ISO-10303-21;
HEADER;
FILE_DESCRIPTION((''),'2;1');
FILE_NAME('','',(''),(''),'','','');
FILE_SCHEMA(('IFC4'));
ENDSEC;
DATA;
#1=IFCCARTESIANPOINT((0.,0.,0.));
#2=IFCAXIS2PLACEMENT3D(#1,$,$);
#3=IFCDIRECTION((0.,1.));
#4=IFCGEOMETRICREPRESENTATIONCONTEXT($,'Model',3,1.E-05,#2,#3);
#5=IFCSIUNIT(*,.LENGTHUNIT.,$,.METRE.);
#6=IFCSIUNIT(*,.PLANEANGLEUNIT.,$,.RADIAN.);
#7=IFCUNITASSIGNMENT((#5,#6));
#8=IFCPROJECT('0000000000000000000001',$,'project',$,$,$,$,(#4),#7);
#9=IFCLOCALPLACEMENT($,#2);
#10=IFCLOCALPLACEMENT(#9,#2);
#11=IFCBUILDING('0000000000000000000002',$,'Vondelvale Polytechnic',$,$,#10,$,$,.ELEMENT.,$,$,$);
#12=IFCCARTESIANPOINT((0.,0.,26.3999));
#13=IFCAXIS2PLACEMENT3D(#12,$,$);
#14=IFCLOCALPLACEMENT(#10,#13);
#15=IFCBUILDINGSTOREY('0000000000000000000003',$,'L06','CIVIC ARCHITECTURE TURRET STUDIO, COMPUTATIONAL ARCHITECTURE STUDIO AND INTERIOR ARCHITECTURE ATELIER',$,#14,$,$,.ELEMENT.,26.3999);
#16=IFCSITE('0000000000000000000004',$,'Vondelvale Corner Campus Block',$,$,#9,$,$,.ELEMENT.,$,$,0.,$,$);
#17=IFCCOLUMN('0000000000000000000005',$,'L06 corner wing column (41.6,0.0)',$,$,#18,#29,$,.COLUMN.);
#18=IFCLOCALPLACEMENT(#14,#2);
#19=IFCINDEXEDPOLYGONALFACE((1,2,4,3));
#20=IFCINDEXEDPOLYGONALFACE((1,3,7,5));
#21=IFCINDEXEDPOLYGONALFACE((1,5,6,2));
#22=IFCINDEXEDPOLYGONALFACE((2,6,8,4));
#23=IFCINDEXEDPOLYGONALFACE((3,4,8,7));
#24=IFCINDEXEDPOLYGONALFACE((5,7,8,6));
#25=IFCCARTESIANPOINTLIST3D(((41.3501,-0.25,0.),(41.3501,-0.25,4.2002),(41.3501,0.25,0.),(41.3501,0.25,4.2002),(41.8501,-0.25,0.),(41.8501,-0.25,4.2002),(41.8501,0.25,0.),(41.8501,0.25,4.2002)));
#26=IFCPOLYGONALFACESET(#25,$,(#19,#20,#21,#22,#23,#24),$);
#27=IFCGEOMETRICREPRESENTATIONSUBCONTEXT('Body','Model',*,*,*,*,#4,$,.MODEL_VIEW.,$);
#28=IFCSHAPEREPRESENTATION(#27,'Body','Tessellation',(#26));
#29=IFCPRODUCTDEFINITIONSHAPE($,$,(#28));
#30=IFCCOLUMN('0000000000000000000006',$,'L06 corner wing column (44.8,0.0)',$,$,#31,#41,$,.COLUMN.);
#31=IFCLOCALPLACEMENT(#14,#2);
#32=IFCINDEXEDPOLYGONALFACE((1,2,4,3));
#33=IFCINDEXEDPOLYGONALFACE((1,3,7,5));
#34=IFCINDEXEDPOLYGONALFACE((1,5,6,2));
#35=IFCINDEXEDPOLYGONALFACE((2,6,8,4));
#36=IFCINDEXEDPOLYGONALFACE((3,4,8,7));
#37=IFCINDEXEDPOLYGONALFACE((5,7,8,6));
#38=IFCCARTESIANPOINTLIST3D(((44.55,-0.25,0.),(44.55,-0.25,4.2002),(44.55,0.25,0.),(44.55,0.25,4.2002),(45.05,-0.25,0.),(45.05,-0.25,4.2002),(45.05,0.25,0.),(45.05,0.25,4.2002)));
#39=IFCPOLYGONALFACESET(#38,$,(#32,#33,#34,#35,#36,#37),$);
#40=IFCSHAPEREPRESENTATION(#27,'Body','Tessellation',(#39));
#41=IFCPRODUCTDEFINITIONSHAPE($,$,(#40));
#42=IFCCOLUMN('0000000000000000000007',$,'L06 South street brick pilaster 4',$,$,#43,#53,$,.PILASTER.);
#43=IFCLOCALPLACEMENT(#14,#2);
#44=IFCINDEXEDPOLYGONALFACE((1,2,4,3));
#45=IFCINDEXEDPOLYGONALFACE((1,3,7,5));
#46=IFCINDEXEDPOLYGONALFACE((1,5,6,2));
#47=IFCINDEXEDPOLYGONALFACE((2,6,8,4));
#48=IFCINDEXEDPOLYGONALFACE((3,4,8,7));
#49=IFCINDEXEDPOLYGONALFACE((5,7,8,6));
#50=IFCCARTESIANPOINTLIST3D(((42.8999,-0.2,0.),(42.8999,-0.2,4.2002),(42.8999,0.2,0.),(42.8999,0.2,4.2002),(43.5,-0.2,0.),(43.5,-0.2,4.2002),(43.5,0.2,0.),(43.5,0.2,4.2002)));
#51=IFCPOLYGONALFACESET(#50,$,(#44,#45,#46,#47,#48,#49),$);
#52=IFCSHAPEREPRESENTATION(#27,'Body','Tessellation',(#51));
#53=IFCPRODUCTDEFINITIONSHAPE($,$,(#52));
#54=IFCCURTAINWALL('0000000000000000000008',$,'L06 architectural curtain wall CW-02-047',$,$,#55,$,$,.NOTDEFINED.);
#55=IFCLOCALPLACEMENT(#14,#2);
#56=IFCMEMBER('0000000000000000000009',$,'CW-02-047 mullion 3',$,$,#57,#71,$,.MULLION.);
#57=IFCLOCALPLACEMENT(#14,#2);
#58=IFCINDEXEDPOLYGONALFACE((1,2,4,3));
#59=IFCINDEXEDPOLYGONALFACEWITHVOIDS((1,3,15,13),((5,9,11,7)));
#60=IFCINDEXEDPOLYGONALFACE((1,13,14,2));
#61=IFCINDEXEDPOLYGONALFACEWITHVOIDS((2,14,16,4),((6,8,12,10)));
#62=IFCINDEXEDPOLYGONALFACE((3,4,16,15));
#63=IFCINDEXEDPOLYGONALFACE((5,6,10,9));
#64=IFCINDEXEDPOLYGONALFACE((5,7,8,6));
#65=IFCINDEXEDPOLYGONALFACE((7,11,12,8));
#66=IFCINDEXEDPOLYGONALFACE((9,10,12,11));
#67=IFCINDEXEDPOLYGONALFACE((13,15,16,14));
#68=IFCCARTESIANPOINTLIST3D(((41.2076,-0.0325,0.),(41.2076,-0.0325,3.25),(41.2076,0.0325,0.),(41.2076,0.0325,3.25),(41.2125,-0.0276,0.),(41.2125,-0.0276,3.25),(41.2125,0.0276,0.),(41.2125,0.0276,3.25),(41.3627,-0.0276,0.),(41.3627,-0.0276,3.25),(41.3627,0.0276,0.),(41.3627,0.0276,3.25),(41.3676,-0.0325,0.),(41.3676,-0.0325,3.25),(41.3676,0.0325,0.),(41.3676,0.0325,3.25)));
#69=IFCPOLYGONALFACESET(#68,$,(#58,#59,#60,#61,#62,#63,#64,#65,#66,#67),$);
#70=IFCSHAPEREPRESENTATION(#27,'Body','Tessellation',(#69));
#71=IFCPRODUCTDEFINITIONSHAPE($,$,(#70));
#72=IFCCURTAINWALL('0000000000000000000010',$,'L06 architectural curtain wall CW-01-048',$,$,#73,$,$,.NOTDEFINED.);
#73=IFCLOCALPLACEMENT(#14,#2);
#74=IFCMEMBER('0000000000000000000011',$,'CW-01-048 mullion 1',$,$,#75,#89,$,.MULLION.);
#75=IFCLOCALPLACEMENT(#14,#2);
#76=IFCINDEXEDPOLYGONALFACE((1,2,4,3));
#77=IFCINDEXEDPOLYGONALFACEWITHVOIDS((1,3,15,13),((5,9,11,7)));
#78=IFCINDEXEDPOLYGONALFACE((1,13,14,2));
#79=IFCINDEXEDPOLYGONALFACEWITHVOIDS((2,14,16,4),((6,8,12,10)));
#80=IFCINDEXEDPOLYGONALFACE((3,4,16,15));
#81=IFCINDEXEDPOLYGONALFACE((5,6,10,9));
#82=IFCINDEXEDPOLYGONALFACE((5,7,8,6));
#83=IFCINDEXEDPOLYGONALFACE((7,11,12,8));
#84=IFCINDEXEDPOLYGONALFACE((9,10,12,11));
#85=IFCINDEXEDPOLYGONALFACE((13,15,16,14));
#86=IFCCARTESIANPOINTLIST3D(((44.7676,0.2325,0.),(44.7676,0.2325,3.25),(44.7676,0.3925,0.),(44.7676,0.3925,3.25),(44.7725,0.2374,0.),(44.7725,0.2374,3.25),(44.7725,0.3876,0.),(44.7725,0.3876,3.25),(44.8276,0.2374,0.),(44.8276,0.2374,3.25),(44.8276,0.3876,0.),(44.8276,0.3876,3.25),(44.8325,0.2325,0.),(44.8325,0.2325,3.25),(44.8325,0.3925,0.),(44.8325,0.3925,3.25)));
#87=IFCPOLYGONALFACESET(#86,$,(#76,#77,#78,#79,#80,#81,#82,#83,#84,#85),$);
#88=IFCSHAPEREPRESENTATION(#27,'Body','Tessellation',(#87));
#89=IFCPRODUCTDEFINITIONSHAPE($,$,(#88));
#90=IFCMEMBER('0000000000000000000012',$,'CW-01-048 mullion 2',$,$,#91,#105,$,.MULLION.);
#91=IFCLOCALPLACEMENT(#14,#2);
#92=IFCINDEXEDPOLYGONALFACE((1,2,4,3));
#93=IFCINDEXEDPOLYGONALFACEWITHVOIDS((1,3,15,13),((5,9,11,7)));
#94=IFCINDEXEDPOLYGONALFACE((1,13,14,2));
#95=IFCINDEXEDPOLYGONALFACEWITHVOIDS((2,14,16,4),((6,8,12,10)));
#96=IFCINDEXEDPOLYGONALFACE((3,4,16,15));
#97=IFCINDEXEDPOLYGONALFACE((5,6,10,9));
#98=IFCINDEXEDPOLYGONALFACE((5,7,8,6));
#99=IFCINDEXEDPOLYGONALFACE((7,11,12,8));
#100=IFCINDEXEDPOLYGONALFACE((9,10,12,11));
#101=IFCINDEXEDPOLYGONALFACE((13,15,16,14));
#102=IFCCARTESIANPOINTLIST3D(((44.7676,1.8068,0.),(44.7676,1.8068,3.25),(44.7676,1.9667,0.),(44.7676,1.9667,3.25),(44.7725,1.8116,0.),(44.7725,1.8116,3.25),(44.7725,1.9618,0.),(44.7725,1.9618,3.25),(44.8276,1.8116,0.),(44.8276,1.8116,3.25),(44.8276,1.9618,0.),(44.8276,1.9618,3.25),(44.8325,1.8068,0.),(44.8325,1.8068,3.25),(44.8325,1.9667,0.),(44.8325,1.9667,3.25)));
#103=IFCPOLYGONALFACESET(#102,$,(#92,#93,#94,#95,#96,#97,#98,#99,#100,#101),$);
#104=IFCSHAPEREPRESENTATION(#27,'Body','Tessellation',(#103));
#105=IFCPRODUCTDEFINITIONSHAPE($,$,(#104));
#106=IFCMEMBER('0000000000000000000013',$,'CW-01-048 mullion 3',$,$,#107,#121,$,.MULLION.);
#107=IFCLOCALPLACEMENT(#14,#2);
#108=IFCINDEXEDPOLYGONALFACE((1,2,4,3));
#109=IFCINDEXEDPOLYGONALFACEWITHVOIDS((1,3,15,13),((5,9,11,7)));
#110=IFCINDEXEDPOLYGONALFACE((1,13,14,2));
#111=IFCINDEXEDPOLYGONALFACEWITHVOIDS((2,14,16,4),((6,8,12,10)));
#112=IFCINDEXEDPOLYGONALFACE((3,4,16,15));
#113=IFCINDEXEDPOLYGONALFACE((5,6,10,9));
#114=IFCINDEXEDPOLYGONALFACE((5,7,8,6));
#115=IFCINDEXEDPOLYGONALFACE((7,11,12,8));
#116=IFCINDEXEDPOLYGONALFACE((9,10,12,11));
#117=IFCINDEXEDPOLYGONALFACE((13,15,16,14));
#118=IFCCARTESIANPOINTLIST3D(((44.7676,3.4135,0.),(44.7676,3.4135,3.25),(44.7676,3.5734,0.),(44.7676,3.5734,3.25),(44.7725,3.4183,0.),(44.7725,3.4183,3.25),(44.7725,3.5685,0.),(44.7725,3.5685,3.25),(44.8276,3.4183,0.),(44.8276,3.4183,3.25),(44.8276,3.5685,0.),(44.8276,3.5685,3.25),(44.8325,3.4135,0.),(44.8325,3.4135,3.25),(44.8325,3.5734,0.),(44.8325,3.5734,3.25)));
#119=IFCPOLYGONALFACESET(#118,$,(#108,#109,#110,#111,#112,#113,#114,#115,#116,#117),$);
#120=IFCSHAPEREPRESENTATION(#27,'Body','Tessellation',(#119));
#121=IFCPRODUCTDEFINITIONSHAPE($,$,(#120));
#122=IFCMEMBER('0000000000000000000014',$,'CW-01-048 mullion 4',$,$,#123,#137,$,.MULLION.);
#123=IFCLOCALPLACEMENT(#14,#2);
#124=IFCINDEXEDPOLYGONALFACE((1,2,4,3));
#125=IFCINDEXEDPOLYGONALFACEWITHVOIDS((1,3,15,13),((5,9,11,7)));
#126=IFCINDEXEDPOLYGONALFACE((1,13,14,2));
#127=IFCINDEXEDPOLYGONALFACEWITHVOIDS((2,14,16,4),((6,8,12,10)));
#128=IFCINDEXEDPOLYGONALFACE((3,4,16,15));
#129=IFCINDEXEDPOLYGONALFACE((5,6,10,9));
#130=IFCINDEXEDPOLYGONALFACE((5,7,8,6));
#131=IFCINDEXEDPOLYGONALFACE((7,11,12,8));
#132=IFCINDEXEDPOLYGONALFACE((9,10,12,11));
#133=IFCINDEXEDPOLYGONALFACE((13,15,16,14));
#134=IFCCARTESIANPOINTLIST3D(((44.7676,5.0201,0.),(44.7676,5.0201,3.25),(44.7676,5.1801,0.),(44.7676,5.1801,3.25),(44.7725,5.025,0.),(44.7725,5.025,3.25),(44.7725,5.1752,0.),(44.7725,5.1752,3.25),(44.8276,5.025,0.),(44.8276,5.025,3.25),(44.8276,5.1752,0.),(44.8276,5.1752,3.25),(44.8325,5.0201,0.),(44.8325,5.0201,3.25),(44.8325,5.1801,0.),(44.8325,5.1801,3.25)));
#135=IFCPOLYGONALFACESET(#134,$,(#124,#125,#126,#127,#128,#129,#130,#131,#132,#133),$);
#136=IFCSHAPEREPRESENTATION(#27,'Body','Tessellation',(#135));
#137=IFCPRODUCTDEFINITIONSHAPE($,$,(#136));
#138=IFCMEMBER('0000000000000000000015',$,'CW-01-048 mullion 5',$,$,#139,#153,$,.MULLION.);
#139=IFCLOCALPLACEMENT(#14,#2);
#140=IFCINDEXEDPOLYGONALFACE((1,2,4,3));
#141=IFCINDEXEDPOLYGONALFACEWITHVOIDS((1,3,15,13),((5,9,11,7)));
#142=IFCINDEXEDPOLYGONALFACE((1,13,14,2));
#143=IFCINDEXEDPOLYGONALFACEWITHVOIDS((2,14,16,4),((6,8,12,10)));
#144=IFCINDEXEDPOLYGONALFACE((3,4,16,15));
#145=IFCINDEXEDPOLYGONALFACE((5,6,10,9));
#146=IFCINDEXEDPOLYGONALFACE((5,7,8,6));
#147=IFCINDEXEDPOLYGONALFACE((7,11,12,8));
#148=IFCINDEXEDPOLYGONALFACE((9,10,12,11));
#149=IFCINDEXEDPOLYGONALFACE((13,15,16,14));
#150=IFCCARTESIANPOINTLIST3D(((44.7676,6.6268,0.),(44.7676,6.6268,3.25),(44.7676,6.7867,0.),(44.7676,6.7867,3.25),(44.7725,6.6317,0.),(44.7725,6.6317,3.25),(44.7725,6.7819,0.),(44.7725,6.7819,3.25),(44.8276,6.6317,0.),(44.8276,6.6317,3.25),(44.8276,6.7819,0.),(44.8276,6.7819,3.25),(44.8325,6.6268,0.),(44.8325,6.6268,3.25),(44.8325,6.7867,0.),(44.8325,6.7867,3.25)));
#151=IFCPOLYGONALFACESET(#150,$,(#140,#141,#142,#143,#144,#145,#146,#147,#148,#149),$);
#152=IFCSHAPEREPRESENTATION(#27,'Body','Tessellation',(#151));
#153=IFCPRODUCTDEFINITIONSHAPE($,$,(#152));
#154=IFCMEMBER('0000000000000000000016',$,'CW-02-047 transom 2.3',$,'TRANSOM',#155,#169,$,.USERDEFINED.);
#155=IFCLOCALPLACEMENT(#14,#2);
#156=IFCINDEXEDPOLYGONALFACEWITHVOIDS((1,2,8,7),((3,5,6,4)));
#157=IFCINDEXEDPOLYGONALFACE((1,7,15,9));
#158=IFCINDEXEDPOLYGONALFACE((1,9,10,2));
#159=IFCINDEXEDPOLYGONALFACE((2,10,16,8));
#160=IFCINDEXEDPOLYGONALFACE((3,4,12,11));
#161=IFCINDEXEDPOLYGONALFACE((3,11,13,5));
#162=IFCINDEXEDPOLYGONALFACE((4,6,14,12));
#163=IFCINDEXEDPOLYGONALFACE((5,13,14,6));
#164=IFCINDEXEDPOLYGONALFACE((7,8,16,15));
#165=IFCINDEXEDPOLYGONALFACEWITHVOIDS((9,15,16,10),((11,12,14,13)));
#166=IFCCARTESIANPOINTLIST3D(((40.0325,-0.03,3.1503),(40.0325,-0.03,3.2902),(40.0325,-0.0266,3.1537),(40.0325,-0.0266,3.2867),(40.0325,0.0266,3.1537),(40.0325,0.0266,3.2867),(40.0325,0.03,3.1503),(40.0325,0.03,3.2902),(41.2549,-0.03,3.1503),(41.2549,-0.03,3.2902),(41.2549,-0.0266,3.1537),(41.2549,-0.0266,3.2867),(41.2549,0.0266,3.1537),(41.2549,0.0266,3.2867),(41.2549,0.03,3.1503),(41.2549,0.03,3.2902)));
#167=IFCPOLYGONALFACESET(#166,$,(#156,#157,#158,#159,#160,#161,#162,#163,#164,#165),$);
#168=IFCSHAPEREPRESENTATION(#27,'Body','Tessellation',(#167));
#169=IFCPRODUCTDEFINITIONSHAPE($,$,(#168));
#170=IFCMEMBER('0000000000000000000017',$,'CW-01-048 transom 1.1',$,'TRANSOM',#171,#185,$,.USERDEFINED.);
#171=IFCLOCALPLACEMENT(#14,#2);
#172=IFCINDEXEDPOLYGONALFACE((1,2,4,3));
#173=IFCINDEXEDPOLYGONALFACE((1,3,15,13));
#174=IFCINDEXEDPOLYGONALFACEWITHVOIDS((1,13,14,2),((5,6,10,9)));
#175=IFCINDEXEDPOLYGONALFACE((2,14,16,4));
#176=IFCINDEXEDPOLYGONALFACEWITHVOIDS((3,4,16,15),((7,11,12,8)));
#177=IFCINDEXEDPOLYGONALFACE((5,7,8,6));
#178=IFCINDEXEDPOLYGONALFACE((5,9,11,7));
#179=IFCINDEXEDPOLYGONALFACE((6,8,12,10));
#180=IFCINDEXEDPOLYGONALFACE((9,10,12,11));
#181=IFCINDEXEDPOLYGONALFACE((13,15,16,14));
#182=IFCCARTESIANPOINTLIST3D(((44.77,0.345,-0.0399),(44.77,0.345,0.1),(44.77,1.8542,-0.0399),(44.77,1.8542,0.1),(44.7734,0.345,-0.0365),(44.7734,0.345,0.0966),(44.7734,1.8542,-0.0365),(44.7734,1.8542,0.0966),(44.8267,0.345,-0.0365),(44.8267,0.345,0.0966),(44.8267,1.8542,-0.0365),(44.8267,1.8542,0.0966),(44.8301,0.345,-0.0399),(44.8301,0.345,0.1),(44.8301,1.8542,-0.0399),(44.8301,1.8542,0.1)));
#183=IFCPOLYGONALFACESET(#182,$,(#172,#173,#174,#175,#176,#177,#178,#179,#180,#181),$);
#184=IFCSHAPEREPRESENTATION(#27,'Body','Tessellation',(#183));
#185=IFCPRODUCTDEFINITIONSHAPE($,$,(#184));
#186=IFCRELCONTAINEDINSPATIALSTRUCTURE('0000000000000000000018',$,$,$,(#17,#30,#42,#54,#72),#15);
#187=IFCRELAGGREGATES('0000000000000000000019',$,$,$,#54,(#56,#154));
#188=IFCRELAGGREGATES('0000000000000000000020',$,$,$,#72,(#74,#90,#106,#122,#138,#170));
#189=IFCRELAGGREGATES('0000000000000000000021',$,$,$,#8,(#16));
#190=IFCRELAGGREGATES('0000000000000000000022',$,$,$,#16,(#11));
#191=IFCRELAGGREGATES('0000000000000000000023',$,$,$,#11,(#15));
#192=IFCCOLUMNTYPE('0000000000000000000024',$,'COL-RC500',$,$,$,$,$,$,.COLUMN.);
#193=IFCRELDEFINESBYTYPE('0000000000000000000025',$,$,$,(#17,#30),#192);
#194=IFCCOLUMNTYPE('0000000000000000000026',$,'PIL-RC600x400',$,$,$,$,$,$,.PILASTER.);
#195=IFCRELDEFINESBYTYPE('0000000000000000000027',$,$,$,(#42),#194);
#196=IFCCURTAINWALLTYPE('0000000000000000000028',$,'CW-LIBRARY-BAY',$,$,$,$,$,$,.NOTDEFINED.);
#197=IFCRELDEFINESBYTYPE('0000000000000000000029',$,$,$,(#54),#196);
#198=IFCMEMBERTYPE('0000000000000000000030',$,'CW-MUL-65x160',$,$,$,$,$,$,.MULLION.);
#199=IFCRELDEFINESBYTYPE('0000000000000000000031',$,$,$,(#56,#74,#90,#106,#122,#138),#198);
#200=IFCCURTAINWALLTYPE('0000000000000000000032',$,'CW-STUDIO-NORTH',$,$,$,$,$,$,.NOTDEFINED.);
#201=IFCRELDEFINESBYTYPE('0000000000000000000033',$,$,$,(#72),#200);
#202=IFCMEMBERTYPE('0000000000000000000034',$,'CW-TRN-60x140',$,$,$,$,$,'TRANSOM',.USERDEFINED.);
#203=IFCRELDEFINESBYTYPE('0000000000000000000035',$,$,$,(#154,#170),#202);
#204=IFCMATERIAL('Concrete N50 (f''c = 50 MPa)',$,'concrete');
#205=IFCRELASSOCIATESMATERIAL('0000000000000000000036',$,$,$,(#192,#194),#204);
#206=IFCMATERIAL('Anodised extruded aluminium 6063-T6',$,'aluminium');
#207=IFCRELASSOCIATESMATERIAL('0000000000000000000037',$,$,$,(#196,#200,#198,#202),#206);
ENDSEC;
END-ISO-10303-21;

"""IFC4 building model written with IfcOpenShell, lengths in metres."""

from ifc_helpers import new_model, si_unit, direction, frame, origin, origin_2d, place, context, subcontext, project, spatial, rectangle, hollow_rectangle, extrude, material, material_profile, profile_set, type_object, element, aggregate, save


model = new_model("IFC4")

# Units and contexts
model_context = context("Model", 3, precision=1e-05, world=origin(), true_north=direction((0.0, 1.0)))
body_context = subcontext(model_context, "Body", "Model", "MODEL_VIEW")
ifc_project = project(units=[si_unit("LENGTHUNIT", "METRE"), si_unit("PLANEANGLEUNIT", "RADIAN")], contexts=[model_context])

# Site, building, storey
site_placement = place(None, origin())
site = spatial("IfcSite", under=ifc_project, at=site_placement, Name="Vondelvale Corner Campus Block", CompositionType="ELEMENT", RefElevation=0.0)
building_placement = place(site_placement, origin())
building = spatial("IfcBuilding", under=site, at=building_placement, Name="Vondelvale Polytechnic", CompositionType="ELEMENT")
storey_placement = place(building_placement, frame((0.0, 0.0, 26.3999)))
storey = spatial("IfcBuildingStorey", under=building, at=storey_placement, Name="L06", Description="CIVIC ARCHITECTURE TURRET STUDIO, COMPUTATIONAL ARCHITECTURE STUDIO AND INTERIOR ARCHITECTURE ATELIER", CompositionType="ELEMENT", Elevation=26.3999)

# Columns
ifc_material_1 = material(Name="Concrete N50 (f'c = 50 MPa)", Category="concrete")
ifc_material_profile_1 = material_profile(ifc_material_1, rectangle(XDim=0.5, YDim=0.5, at=origin_2d()), Name="RC-COL-500x500")
ifc_profile_set_1 = profile_set([ifc_material_profile_1], Name="Concrete N50 (f'c = 50 MPa)")
column_type_1 = type_object("IfcColumnType", Name="COL-RC500", PredefinedType="COLUMN", material=ifc_profile_set_1)
for number, where, z_axis, x_axis, name in (
    (1, (41.6001, 0.0, 0.0), (0.0, 0.0, 1.0), (1.0, 0.0, 0.0), "L06 corner wing column (41.6,0.0)"),
    (2, (44.8, 0.0, 0.0), (0.0, 0.0, 1.0), (1.0, 0.0, 0.0), "L06 corner wing column (44.8,0.0)"),
):
    element("IfcColumn", number, at=place(storey_placement, frame(where, z_axis=z_axis, x_axis=x_axis)), inside=storey, type_object=column_type_1, Name=name, PredefinedType="COLUMN", context=body_context, shape_type="SweptSolid", body=[
        extrude(rectangle(XDim=0.5, YDim=0.5, at=origin_2d()), origin(), (0.0, 0.0, 1.0), 4.2002),
    ])
ifc_material_profile_2 = material_profile(ifc_material_1, rectangle(XDim=0.3999, YDim=0.6001, at=origin_2d()), Name="RC-PIL-600x400")
ifc_profile_set_2 = profile_set([ifc_material_profile_2], Name="Concrete N50 (f'c = 50 MPa)")
column_type_2 = type_object("IfcColumnType", Name="PIL-RC600x400", PredefinedType="PILASTER", material=ifc_profile_set_2)
column_placement = place(storey_placement, frame((43.2, 0.0, 0.0), z_axis=(0.0, 0.0, 1.0), x_axis=(0.0, 1.0, 0.0)))
element("IfcColumn", 3, at=column_placement, inside=storey, type_object=column_type_2, Name="L06 South street brick pilaster 4", PredefinedType="PILASTER", context=body_context, shape_type="SweptSolid", body=[
    extrude(rectangle(XDim=0.3999, YDim=0.6001, at=origin_2d()), origin(), (0.0, 0.0, 1.0), 4.2002),
])

# Curtain wall, member
ifc_material_2 = material(Name="Anodised extruded aluminium 6063-T6", Category="aluminium")
curtain_wall_type_1 = type_object("IfcCurtainWallType", Name="CW-LIBRARY-BAY", PredefinedType="NOTDEFINED", material=ifc_material_2)
curtain_wall_1_placement = place(storey_placement, origin())
curtain_wall_1 = element("IfcCurtainWall", 4, at=curtain_wall_1_placement, inside=storey, type_object=curtain_wall_type_1, Name="L06 architectural curtain wall CW-02-047", PredefinedType="NOTDEFINED")
ifc_material_profile_3 = material_profile(ifc_material_2, hollow_rectangle(XDim=0.0649, YDim=0.1599, WallThickness=0.0049, at=origin_2d()), Name="CW-MUL-160x65")
ifc_profile_set_3 = profile_set([ifc_material_profile_3], Name="Anodised extruded aluminium 6063-T6")
member_type_1 = type_object("IfcMemberType", Name="CW-MUL-65x160", PredefinedType="MULLION", material=ifc_profile_set_3)
member_1_placement = place(storey_placement, frame((41.2876, 0.0, 0.0), z_axis=(0.0, 0.0, 1.0), x_axis=(0.0, 1.0, 0.0)))
member_1 = element("IfcMember", 5, at=member_1_placement, type_object=member_type_1, Name="CW-02-047 mullion 3", PredefinedType="MULLION", context=body_context, shape_type="SweptSolid", body=[
    extrude(hollow_rectangle(XDim=0.0649, YDim=0.1599, WallThickness=0.0049, at=origin_2d()), origin(), (0.0, 0.0, 1.0), 3.25),
])

# Curtain wall, members
curtain_wall_type_2 = type_object("IfcCurtainWallType", Name="CW-STUDIO-NORTH", PredefinedType="NOTDEFINED", material=ifc_material_2)
curtain_wall_2_placement = place(storey_placement, origin())
curtain_wall_2 = element("IfcCurtainWall", 6, at=curtain_wall_2_placement, inside=storey, type_object=curtain_wall_type_2, Name="L06 architectural curtain wall CW-01-048", PredefinedType="NOTDEFINED")
member_2_placement = place(storey_placement, frame((44.8, 0.3125, 0.0), z_axis=(0.0, 0.0, 1.0), x_axis=(-1.0, 0.0, 0.0)))
member_2 = element("IfcMember", 7, at=member_2_placement, type_object=member_type_1, Name="CW-01-048 mullion 1", PredefinedType="MULLION", context=body_context, shape_type="SweptSolid", body=[
    extrude(hollow_rectangle(XDim=0.0649, YDim=0.1599, WallThickness=0.0049, at=origin_2d()), origin(), (0.0, 0.0, 1.0), 3.25),
])
member_3_placement = place(storey_placement, frame((44.8, 1.8867, 0.0), z_axis=(0.0, 0.0, 1.0), x_axis=(-1.0, 0.0, 0.0)))
member_3 = element("IfcMember", 8, at=member_3_placement, type_object=member_type_1, Name="CW-01-048 mullion 2", PredefinedType="MULLION", context=body_context, shape_type="SweptSolid", body=[
    extrude(hollow_rectangle(XDim=0.0649, YDim=0.1599, WallThickness=0.0049, at=origin_2d()), origin(), (0.0, 0.0, 1.0), 3.25),
])
member_4_placement = place(storey_placement, frame((44.8, 3.4934, 0.0), z_axis=(0.0, 0.0, 1.0), x_axis=(-1.0, 0.0, 0.0)))
member_4 = element("IfcMember", 9, at=member_4_placement, type_object=member_type_1, Name="CW-01-048 mullion 3", PredefinedType="MULLION", context=body_context, shape_type="SweptSolid", body=[
    extrude(hollow_rectangle(XDim=0.0649, YDim=0.1599, WallThickness=0.0049, at=origin_2d()), origin(), (0.0, 0.0, 1.0), 3.25),
])
member_5_placement = place(storey_placement, frame((44.8, 5.1001, 0.0), z_axis=(0.0, 0.0, 1.0), x_axis=(-1.0, 0.0, 0.0)))
member_5 = element("IfcMember", 10, at=member_5_placement, type_object=member_type_1, Name="CW-01-048 mullion 4", PredefinedType="MULLION", context=body_context, shape_type="SweptSolid", body=[
    extrude(hollow_rectangle(XDim=0.0649, YDim=0.1599, WallThickness=0.0049, at=origin_2d()), origin(), (0.0, 0.0, 1.0), 3.25),
])
member_6_placement = place(storey_placement, frame((44.8, 6.7068, 0.0), z_axis=(0.0, 0.0, 1.0), x_axis=(-1.0, 0.0, 0.0)))
member_6 = element("IfcMember", 11, at=member_6_placement, type_object=member_type_1, Name="CW-01-048 mullion 5", PredefinedType="MULLION", context=body_context, shape_type="SweptSolid", body=[
    extrude(hollow_rectangle(XDim=0.0649, YDim=0.1599, WallThickness=0.0049, at=origin_2d()), origin(), (0.0, 0.0, 1.0), 3.25),
])

# Members
ifc_material_profile_4 = material_profile(ifc_material_2, hollow_rectangle(XDim=0.0601, YDim=0.1399, WallThickness=0.0034, at=origin_2d()), Name="CW-TRN-140x60")
ifc_profile_set_4 = profile_set([ifc_material_profile_4], Name="Anodised extruded aluminium 6063-T6")
member_type_2 = type_object("IfcMemberType", Name="CW-TRN-60x140", ElementType="TRANSOM", PredefinedType="USERDEFINED", material=ifc_profile_set_4)
member_7_placement = place(storey_placement, frame((40.0325, 0.0, 3.2202), z_axis=(1.0, 0.0, 0.0), x_axis=(0.0, 1.0, 0.0)))
member_7 = element("IfcMember", 12, at=member_7_placement, type_object=member_type_2, Name="CW-02-047 transom 2.3", ObjectType="TRANSOM", PredefinedType="USERDEFINED", context=body_context, shape_type="SweptSolid", body=[
    extrude(hollow_rectangle(XDim=0.0601, YDim=0.1399, WallThickness=0.0034, at=origin_2d()), origin(), (0.0, 0.0, 1.0), 1.2224),
])
member_8_placement = place(storey_placement, frame((44.8, 0.345, 0.03), z_axis=(0.0, 1.0, 0.0), x_axis=(-1.0, 0.0, 0.0)))
member_8 = element("IfcMember", 13, at=member_8_placement, type_object=member_type_2, Name="CW-01-048 transom 1.1", ObjectType="TRANSOM", PredefinedType="USERDEFINED", context=body_context, shape_type="SweptSolid", body=[
    extrude(hollow_rectangle(XDim=0.0601, YDim=0.1399, WallThickness=0.0034, at=origin_2d()), origin(), (0.0, 0.0, 1.0), 1.5093),
])

aggregate(curtain_wall_1, [member_1, member_7])
aggregate(curtain_wall_2, [member_2, member_3, member_4, member_5, member_6, member_8])

save(model, "model.ifc")
